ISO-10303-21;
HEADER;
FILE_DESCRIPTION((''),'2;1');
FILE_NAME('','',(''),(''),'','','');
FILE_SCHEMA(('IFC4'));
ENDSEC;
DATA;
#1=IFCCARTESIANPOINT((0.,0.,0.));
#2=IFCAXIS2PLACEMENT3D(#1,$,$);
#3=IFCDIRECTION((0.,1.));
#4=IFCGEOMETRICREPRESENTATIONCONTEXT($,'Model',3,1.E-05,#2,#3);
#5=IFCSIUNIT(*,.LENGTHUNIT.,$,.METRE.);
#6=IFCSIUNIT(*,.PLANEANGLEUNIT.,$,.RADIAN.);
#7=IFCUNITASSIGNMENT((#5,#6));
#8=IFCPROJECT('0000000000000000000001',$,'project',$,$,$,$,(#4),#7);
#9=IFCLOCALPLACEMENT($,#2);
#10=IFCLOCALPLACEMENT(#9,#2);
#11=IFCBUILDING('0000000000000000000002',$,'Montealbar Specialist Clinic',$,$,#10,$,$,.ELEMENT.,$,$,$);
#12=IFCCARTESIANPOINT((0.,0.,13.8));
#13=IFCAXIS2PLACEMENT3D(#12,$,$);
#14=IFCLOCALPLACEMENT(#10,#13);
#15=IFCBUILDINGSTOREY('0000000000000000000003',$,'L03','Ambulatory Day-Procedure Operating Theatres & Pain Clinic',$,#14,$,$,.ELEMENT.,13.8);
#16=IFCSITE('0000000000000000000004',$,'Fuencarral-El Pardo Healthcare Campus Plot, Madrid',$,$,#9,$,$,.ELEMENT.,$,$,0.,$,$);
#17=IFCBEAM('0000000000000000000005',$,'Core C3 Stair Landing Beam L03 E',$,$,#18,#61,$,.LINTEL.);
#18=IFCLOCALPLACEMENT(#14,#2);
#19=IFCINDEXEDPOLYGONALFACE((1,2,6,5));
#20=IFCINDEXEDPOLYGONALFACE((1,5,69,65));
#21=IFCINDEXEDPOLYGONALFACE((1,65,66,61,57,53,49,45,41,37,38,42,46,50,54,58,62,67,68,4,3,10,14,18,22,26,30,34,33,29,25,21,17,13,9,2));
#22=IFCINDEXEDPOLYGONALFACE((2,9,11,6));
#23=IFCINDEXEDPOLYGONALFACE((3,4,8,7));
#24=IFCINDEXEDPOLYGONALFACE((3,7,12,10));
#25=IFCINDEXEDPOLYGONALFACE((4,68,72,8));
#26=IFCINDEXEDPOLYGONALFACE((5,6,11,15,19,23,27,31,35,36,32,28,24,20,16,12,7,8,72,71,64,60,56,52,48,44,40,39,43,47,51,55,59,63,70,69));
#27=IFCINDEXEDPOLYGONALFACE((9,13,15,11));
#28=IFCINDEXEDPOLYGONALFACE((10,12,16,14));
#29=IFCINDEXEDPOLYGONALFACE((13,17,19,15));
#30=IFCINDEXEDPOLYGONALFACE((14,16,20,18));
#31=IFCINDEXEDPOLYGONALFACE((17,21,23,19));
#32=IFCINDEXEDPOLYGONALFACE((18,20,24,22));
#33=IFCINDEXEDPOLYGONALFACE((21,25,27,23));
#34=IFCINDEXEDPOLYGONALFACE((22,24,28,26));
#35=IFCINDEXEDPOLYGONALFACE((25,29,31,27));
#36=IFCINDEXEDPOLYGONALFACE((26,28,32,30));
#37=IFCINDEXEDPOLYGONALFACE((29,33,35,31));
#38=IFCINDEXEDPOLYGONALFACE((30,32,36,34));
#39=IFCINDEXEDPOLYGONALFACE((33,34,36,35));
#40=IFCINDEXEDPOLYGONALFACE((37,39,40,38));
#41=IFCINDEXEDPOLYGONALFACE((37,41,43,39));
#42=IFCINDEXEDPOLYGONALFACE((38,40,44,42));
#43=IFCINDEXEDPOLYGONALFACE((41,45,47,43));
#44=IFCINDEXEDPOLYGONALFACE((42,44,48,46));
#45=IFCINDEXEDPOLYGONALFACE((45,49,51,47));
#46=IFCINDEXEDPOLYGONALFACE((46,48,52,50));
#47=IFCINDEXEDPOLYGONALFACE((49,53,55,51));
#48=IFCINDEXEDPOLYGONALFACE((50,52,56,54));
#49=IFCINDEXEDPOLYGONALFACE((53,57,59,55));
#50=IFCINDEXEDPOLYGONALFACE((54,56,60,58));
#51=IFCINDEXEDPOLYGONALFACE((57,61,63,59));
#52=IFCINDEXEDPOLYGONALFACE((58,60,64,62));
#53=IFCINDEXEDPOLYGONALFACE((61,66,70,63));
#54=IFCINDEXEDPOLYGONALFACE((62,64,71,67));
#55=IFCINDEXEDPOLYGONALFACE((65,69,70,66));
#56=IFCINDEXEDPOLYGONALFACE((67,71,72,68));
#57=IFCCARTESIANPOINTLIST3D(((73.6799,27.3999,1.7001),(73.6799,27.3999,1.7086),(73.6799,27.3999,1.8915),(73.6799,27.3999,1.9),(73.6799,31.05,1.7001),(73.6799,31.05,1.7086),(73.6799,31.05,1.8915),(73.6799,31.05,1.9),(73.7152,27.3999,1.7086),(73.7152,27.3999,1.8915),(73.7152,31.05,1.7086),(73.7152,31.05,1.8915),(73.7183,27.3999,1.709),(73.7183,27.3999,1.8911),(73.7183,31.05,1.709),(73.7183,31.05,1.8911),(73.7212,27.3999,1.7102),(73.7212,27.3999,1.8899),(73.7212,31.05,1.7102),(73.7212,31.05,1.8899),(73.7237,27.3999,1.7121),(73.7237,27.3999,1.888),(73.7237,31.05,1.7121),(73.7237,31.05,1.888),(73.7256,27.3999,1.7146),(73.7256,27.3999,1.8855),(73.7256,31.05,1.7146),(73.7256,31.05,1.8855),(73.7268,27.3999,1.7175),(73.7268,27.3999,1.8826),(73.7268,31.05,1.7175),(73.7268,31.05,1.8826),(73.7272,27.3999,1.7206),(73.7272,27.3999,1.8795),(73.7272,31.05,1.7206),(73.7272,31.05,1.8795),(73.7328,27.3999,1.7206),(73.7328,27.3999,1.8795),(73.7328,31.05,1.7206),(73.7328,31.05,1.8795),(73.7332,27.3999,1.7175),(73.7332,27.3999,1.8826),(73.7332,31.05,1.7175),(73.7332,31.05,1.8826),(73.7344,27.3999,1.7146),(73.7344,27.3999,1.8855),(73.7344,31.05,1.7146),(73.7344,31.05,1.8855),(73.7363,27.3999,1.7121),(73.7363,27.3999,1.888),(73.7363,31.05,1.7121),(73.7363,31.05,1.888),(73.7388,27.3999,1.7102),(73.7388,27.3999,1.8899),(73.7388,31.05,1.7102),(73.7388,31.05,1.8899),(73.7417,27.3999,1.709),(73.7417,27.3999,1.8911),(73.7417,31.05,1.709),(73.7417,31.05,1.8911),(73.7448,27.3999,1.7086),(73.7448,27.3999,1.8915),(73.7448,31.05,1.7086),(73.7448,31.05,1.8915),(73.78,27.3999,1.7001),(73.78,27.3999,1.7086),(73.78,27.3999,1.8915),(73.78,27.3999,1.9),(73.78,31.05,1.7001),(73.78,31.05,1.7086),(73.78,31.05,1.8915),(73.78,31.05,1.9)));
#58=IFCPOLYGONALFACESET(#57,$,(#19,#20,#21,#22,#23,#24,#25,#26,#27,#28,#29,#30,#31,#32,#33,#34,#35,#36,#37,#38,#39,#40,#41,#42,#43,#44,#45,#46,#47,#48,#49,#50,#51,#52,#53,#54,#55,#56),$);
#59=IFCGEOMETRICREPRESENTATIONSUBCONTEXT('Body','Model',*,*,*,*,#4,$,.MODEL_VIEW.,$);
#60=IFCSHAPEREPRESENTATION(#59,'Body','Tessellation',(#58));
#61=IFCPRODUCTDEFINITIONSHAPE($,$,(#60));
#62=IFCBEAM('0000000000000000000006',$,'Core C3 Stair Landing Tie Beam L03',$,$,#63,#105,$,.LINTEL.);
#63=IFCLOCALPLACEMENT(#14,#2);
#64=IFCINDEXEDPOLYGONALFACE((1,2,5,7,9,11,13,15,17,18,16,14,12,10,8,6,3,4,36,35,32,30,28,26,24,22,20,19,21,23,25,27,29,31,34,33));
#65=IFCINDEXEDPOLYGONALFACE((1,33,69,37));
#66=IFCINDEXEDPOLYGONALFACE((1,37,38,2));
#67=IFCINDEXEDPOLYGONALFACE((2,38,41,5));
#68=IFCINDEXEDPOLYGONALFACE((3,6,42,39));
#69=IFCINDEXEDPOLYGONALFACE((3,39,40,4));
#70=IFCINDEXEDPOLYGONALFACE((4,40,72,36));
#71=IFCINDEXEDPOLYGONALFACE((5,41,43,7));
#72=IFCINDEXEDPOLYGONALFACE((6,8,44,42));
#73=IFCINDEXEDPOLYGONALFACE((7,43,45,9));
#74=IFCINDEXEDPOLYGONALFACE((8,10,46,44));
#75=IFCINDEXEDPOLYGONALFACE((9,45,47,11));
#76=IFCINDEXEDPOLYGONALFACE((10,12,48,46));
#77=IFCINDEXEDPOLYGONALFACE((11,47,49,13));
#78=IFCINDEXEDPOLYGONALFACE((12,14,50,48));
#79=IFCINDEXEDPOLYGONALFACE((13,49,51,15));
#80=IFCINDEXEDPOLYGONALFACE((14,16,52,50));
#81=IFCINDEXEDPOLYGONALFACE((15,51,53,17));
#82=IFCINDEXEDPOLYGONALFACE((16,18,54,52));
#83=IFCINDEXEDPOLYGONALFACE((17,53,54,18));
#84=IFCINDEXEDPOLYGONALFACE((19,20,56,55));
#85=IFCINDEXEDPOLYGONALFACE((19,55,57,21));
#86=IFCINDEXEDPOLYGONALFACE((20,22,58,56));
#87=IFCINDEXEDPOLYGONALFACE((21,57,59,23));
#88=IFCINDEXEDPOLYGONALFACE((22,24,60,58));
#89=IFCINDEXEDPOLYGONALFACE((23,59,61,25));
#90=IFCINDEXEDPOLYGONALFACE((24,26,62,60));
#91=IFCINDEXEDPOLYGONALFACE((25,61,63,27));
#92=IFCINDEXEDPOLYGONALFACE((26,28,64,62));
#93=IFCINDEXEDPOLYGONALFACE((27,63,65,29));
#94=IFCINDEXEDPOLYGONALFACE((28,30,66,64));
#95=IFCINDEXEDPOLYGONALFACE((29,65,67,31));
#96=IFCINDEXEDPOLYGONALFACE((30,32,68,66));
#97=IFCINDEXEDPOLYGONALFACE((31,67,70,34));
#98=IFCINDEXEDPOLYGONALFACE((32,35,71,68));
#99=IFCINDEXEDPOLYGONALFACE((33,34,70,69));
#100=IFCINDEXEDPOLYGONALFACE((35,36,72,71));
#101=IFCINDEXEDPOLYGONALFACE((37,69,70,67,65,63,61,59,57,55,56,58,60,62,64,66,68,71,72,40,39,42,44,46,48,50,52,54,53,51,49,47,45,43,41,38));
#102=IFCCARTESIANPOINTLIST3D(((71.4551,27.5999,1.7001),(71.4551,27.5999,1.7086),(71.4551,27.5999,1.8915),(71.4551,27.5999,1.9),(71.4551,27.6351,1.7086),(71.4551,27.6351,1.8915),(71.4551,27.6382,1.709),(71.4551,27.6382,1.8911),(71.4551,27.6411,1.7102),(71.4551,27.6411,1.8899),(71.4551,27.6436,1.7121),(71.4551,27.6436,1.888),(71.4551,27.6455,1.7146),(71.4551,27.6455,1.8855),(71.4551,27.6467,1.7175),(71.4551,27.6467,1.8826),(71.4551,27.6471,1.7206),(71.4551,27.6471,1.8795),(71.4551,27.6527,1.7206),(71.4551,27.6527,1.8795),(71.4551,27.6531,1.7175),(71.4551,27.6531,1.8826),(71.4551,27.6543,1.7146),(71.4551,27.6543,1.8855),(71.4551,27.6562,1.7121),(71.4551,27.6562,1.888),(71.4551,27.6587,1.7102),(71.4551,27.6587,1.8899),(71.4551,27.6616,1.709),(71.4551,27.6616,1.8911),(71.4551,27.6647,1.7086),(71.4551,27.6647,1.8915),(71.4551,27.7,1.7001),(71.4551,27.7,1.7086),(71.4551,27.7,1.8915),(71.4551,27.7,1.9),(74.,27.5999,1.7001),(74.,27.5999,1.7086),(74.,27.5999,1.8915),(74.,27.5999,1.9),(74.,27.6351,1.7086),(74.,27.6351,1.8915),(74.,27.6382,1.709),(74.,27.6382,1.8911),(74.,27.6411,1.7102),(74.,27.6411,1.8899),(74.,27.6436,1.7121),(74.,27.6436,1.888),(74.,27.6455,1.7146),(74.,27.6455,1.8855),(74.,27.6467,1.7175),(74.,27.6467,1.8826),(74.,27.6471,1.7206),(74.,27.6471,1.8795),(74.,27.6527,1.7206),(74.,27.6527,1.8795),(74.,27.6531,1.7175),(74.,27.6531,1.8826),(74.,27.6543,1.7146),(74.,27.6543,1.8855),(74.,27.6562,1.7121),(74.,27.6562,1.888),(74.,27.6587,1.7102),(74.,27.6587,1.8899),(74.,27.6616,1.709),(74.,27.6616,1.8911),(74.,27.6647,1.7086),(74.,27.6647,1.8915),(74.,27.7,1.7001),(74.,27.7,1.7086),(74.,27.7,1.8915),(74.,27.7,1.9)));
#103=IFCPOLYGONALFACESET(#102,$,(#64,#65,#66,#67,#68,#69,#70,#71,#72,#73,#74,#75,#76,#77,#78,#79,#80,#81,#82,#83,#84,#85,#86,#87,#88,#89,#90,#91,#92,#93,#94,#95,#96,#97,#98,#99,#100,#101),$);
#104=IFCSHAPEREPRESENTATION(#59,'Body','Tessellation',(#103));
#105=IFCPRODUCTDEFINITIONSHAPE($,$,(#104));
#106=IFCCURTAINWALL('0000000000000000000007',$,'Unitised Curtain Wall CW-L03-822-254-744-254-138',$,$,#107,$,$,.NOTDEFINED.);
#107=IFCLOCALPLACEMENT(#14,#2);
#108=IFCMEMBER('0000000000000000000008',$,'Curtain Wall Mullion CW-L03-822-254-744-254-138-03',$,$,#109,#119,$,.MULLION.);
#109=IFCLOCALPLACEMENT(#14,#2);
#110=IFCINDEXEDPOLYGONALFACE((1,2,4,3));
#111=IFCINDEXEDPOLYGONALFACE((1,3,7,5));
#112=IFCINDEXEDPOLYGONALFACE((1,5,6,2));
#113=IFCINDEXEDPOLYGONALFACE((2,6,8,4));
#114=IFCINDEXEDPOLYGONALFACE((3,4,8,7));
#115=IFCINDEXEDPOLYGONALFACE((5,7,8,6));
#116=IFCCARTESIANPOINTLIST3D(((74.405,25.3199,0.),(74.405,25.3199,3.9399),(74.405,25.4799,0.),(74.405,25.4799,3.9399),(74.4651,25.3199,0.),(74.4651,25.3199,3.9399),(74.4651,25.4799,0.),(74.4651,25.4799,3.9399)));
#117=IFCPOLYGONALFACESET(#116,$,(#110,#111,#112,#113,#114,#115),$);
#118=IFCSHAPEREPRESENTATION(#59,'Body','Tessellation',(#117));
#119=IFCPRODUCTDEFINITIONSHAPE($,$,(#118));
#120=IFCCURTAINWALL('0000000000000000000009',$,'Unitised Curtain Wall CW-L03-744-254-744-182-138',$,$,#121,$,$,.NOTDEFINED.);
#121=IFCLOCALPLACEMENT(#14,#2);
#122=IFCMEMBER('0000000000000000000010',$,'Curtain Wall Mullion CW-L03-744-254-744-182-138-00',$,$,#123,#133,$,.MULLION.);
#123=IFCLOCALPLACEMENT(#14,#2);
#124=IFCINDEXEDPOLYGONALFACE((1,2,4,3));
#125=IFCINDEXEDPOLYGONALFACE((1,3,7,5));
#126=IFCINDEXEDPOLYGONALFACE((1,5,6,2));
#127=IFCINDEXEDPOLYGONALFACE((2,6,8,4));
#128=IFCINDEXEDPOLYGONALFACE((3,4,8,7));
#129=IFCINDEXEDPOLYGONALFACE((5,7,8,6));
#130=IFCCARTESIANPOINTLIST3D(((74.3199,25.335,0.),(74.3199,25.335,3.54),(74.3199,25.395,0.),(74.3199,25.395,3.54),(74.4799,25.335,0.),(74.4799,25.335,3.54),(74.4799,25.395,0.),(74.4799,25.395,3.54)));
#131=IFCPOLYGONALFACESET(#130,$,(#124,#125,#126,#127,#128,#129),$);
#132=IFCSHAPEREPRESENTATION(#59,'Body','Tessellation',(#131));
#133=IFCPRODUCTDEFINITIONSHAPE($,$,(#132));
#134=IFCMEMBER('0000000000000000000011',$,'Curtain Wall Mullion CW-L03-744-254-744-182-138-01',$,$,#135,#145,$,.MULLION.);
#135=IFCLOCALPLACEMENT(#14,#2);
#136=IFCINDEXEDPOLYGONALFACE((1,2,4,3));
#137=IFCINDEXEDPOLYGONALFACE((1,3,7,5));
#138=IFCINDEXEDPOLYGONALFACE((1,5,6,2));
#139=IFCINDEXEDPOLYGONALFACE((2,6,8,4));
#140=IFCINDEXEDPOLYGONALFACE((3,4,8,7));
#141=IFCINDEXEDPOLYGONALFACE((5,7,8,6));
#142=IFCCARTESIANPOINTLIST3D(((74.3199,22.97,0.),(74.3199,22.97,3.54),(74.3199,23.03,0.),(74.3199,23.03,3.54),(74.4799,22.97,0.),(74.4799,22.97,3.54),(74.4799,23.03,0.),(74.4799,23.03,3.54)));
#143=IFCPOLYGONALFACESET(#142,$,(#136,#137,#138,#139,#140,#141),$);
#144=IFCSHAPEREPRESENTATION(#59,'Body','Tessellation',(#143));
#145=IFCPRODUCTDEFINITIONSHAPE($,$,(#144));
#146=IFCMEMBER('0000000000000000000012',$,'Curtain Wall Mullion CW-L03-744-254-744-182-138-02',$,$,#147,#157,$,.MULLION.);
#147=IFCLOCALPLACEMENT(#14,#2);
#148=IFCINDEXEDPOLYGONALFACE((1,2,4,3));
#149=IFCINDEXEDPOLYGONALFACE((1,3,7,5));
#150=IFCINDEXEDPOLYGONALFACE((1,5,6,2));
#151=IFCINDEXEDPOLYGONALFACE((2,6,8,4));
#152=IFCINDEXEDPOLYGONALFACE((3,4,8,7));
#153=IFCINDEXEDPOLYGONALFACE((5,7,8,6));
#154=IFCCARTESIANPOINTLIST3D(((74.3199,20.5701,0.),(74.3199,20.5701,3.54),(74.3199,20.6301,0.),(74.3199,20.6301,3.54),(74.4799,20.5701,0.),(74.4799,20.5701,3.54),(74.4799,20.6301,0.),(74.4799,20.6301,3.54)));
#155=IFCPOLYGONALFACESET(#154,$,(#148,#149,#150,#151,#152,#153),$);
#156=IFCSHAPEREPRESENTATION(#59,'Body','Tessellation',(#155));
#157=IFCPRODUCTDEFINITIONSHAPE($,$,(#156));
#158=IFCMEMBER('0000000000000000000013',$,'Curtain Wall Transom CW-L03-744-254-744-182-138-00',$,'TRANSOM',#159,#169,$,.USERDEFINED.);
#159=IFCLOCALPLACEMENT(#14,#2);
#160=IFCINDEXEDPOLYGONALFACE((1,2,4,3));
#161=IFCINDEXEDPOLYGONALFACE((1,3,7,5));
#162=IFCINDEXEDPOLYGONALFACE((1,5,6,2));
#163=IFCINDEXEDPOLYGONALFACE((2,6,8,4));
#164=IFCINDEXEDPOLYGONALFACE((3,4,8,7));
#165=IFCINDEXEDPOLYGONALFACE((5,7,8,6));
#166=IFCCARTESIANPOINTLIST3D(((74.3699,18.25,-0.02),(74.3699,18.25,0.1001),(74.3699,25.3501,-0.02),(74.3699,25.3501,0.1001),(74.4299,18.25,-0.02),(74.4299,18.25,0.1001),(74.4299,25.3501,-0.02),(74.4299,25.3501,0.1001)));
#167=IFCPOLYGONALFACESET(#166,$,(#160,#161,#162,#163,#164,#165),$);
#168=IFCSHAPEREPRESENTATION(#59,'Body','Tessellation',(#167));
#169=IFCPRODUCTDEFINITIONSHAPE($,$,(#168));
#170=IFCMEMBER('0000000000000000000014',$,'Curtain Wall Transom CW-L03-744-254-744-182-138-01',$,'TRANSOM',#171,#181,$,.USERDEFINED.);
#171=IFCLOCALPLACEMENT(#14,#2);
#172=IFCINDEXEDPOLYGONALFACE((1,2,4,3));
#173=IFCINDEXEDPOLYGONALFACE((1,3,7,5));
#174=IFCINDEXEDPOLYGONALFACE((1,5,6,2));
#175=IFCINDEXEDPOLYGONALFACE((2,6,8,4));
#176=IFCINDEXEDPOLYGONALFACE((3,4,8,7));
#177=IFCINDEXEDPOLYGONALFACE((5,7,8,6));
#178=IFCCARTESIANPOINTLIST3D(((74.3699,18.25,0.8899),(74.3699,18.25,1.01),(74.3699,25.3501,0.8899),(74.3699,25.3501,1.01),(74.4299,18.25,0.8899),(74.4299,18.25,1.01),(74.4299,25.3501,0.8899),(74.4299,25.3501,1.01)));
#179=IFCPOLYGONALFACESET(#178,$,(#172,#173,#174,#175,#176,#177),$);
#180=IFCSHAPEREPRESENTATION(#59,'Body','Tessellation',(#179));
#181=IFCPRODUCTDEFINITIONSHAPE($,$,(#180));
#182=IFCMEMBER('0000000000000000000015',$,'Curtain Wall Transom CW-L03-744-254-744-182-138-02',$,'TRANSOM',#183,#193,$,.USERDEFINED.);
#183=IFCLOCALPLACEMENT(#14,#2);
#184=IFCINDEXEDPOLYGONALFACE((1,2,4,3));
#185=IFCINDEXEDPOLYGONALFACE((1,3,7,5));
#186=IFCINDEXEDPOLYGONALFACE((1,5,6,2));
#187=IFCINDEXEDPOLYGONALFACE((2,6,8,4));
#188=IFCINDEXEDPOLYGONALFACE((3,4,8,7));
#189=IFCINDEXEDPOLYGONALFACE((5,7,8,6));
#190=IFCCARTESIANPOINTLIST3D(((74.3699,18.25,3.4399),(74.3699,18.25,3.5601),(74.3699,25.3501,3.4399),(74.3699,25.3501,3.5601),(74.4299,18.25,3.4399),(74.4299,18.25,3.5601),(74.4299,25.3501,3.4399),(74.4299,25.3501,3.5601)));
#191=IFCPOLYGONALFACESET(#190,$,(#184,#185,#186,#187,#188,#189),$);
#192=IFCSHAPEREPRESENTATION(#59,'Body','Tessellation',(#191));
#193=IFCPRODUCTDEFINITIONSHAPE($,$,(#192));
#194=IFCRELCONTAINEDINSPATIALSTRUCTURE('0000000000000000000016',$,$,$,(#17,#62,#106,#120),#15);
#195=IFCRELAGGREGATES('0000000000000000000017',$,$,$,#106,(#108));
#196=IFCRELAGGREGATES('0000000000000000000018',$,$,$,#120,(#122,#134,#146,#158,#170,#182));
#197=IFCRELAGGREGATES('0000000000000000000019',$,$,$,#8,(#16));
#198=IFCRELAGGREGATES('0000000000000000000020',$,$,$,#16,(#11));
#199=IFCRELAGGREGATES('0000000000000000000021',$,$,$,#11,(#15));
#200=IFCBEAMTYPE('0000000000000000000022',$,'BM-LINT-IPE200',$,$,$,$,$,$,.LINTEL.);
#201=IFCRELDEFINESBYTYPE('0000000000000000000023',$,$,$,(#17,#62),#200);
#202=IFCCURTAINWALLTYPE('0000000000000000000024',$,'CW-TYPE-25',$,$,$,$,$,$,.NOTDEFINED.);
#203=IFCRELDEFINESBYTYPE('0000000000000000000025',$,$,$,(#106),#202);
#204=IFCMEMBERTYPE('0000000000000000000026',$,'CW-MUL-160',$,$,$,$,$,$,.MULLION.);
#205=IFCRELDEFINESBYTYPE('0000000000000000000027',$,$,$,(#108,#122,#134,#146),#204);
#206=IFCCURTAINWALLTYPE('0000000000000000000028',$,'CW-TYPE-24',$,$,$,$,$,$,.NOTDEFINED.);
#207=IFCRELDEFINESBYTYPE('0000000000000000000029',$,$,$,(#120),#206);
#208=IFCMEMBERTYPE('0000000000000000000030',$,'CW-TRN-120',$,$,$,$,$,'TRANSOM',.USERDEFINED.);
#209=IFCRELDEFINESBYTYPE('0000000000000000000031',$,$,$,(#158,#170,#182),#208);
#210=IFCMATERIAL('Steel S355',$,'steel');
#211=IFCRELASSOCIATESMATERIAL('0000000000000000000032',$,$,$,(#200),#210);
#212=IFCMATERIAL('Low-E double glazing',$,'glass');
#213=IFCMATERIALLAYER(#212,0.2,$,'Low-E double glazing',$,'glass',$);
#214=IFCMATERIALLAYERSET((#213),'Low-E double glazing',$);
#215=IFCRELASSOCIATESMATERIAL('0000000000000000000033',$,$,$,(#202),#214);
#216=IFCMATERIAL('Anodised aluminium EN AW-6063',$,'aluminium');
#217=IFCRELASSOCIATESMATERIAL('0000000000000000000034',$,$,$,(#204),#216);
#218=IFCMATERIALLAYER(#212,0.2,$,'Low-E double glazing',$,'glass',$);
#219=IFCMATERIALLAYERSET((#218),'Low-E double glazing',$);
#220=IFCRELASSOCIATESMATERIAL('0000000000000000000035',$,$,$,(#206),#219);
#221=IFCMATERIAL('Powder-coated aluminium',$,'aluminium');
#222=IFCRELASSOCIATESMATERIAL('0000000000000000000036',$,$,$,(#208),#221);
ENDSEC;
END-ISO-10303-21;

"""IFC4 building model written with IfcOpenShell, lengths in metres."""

from ifc_helpers import new_model, si_unit, direction, frame, origin, origin_2d, place, context, subcontext, project, spatial, rectangle, i_section, extrude, material, layer, layer_set, material_profile, profile_set, type_object, element, aggregate, save


model = new_model("IFC4")

# Units and contexts
model_context = context("Model", 3, precision=1e-05, world=origin(), true_north=direction((0.0, 1.0)))
body_context = subcontext(model_context, "Body", "Model", "MODEL_VIEW")
ifc_project = project(units=[si_unit("LENGTHUNIT", "METRE"), si_unit("PLANEANGLEUNIT", "RADIAN")], contexts=[model_context])

# Site, building, storey
site_placement = place(None, origin())
site = spatial("IfcSite", under=ifc_project, at=site_placement, Name="Fuencarral-El Pardo Healthcare Campus Plot, Madrid", CompositionType="ELEMENT", RefElevation=0.0)
building_placement = place(site_placement, origin())
building = spatial("IfcBuilding", under=site, at=building_placement, Name="Montealbar Specialist Clinic", CompositionType="ELEMENT")
storey_placement = place(building_placement, frame((0.0, 0.0, 13.8)))
storey = spatial("IfcBuildingStorey", under=building, at=storey_placement, Name="L03", Description="Ambulatory Day-Procedure Operating Theatres & Pain Clinic", CompositionType="ELEMENT", Elevation=13.8)

# Shared definitions
ifc_material_1 = material(Name="Steel S355", Category="steel")

# Beams
ifc_material_profile_1 = material_profile(ifc_material_1, i_section(OverallWidth=0.1001, OverallDepth=0.2, WebThickness=0.0056, FlangeThickness=0.0085, FilletRadius=0.012, at=origin_2d()), Name="IPE 200", Category="steel")
ifc_profile_set_1 = profile_set([ifc_material_profile_1], Name="Steel S355")
beam_type_1 = type_object("IfcBeamType", Name="BM-LINT-IPE200", PredefinedType="LINTEL", material=ifc_profile_set_1)
for number, where, z_axis, x_axis, name in (
    (1, (73.73, 27.3999, 1.8), (0.0, 1.0, 0.0), (-1.0, 0.0, 0.0), "Core C3 Stair Landing Beam L03 E"),
):
    element("IfcBeam", number, at=place(storey_placement, frame(where, z_axis=z_axis, x_axis=x_axis)), inside=storey, type_object=beam_type_1, Name=name, PredefinedType="LINTEL", context=body_context, shape_type="SweptSolid", body=[
        extrude(i_section(OverallWidth=0.1001, OverallDepth=0.2, WebThickness=0.0056, FlangeThickness=0.0085, FilletRadius=0.012, at=origin_2d()), origin(), (0.0, 0.0, 1.0), 3.6501),
    ])
beam_1_placement = place(storey_placement, frame((71.4551, 27.6499, 1.8), z_axis=(1.0, 0.0, 0.0), x_axis=(0.0, 1.0, 0.0)))
element("IfcBeam", 2, at=beam_1_placement, inside=storey, type_object=beam_type_1, Name="Core C3 Stair Landing Tie Beam L03", PredefinedType="LINTEL", context=body_context, shape_type="SweptSolid", body=[
    extrude(i_section(OverallWidth=0.1001, OverallDepth=0.2, WebThickness=0.0056, FlangeThickness=0.0085, FilletRadius=0.012, at=origin_2d()), origin(), (0.0, 0.0, 1.0), 2.5449),
])

# Curtain wall, member
ifc_material_2 = material(Name="Low-E double glazing", Category="glass")
ifc_layer_1 = layer(ifc_material_2, 0.2, Name="Low-E double glazing", Category="glass")
ifc_layer_set_1 = layer_set([ifc_layer_1], Name="Low-E double glazing")
curtain_wall_type_1 = type_object("IfcCurtainWallType", Name="CW-TYPE-25", PredefinedType="NOTDEFINED", material=ifc_layer_set_1)
curtain_wall_1_placement = place(storey_placement, origin())
curtain_wall_1 = element("IfcCurtainWall", 3, at=curtain_wall_1_placement, inside=storey, type_object=curtain_wall_type_1, Name="Unitised Curtain Wall CW-L03-822-254-744-254-138", PredefinedType="NOTDEFINED")
ifc_material_3 = material(Name="Anodised aluminium EN AW-6063", Category="aluminium")
ifc_material_profile_2 = material_profile(ifc_material_3, rectangle(XDim=0.0601, YDim=0.1599, at=origin_2d()), Name="ALU 60x160", Category="aluminium")
ifc_profile_set_2 = profile_set([ifc_material_profile_2], Name="Anodised aluminium EN AW-6063")
member_type_1 = type_object("IfcMemberType", Name="CW-MUL-160", PredefinedType="MULLION", material=ifc_profile_set_2)
member_1_placement = place(storey_placement, frame((74.4351, 25.3999, 0.0), z_axis=(0.0, 0.0, 1.0), x_axis=(-1.0, 0.0, 0.0)))
member_1 = element("IfcMember", 4, at=member_1_placement, type_object=member_type_1, Name="Curtain Wall Mullion CW-L03-822-254-744-254-138-03", PredefinedType="MULLION", context=body_context, shape_type="SweptSolid", body=[
    extrude(rectangle(XDim=0.0601, YDim=0.1599, at=origin_2d()), origin(), (0.0, 0.0, 1.0), 3.9399),
])

# Curtain wall, members
ifc_layer_2 = layer(ifc_material_2, 0.2, Name="Low-E double glazing", Category="glass")
ifc_layer_set_2 = layer_set([ifc_layer_2], Name="Low-E double glazing")
curtain_wall_type_2 = type_object("IfcCurtainWallType", Name="CW-TYPE-24", PredefinedType="NOTDEFINED", material=ifc_layer_set_2)
curtain_wall_2_placement = place(storey_placement, origin())
curtain_wall_2 = element("IfcCurtainWall", 5, at=curtain_wall_2_placement, inside=storey, type_object=curtain_wall_type_2, Name="Unitised Curtain Wall CW-L03-744-254-744-182-138", PredefinedType="NOTDEFINED")
member_2_placement = place(storey_placement, frame((74.3999, 25.365, 0.0), z_axis=(0.0, 0.0, 1.0), x_axis=(0.0, -1.0, 0.0)))
member_2 = element("IfcMember", 6, at=member_2_placement, type_object=member_type_1, Name="Curtain Wall Mullion CW-L03-744-254-744-182-138-00", PredefinedType="MULLION", context=body_context, shape_type="SweptSolid", body=[
    extrude(rectangle(XDim=0.0601, YDim=0.1599, at=origin_2d()), origin(), (0.0, 0.0, 1.0), 3.54),
])
member_3_placement = place(storey_placement, frame((74.3999, 23.0, 0.0), z_axis=(0.0, 0.0, 1.0), x_axis=(0.0, -1.0, 0.0)))
member_3 = element("IfcMember", 7, at=member_3_placement, type_object=member_type_1, Name="Curtain Wall Mullion CW-L03-744-254-744-182-138-01", PredefinedType="MULLION", context=body_context, shape_type="SweptSolid", body=[
    extrude(rectangle(XDim=0.0601, YDim=0.1599, at=origin_2d()), origin(), (0.0, 0.0, 1.0), 3.54),
])
member_4_placement = place(storey_placement, frame((74.3999, 20.6001, 0.0), z_axis=(0.0, 0.0, 1.0), x_axis=(0.0, -1.0, 0.0)))
member_4 = element("IfcMember", 8, at=member_4_placement, type_object=member_type_1, Name="Curtain Wall Mullion CW-L03-744-254-744-182-138-02", PredefinedType="MULLION", context=body_context, shape_type="SweptSolid", body=[
    extrude(rectangle(XDim=0.0601, YDim=0.1599, at=origin_2d()), origin(), (0.0, 0.0, 1.0), 3.54),
])
ifc_material_4 = material(Name="Powder-coated aluminium", Category="aluminium")
ifc_material_profile_3 = material_profile(ifc_material_4, rectangle(XDim=0.0601, YDim=0.1201, at=origin_2d()), Name="ALU 60x120", Category="aluminium")
ifc_profile_set_3 = profile_set([ifc_material_profile_3], Name="Powder-coated aluminium")
member_type_2 = type_object("IfcMemberType", Name="CW-TRN-120", ElementType="TRANSOM", PredefinedType="USERDEFINED", material=ifc_profile_set_3)
member_5_placement = place(storey_placement, frame((74.3999, 25.3501, 0.04), z_axis=(0.0, -1.0, 0.0), x_axis=(1.0, 0.0, 0.0)))
member_5 = element("IfcMember", 9, at=member_5_placement, type_object=member_type_2, Name="Curtain Wall Transom CW-L03-744-254-744-182-138-00", ObjectType="TRANSOM", PredefinedType="USERDEFINED", context=body_context, shape_type="SweptSolid", body=[
    extrude(rectangle(XDim=0.0601, YDim=0.1201, at=origin_2d()), origin(), (0.0, 0.0, 1.0), 7.1001),
])
member_6_placement = place(storey_placement, frame((74.3999, 25.3501, 0.95), z_axis=(0.0, -1.0, 0.0), x_axis=(1.0, 0.0, 0.0)))
member_6 = element("IfcMember", 10, at=member_6_placement, type_object=member_type_2, Name="Curtain Wall Transom CW-L03-744-254-744-182-138-01", ObjectType="TRANSOM", PredefinedType="USERDEFINED", context=body_context, shape_type="SweptSolid", body=[
    extrude(rectangle(XDim=0.0601, YDim=0.1201, at=origin_2d()), origin(), (0.0, 0.0, 1.0), 7.1001),
])
member_7_placement = place(storey_placement, frame((74.3999, 25.3501, 3.5), z_axis=(0.0, -1.0, 0.0), x_axis=(1.0, 0.0, 0.0)))
member_7 = element("IfcMember", 11, at=member_7_placement, type_object=member_type_2, Name="Curtain Wall Transom CW-L03-744-254-744-182-138-02", ObjectType="TRANSOM", PredefinedType="USERDEFINED", context=body_context, shape_type="SweptSolid", body=[
    extrude(rectangle(XDim=0.0601, YDim=0.1201, at=origin_2d()), origin(), (0.0, 0.0, 1.0), 7.1001),
])

aggregate(curtain_wall_1, [member_1])
aggregate(curtain_wall_2, [member_2, member_3, member_4, member_5, member_6, member_7])

save(model, "model.ifc")
